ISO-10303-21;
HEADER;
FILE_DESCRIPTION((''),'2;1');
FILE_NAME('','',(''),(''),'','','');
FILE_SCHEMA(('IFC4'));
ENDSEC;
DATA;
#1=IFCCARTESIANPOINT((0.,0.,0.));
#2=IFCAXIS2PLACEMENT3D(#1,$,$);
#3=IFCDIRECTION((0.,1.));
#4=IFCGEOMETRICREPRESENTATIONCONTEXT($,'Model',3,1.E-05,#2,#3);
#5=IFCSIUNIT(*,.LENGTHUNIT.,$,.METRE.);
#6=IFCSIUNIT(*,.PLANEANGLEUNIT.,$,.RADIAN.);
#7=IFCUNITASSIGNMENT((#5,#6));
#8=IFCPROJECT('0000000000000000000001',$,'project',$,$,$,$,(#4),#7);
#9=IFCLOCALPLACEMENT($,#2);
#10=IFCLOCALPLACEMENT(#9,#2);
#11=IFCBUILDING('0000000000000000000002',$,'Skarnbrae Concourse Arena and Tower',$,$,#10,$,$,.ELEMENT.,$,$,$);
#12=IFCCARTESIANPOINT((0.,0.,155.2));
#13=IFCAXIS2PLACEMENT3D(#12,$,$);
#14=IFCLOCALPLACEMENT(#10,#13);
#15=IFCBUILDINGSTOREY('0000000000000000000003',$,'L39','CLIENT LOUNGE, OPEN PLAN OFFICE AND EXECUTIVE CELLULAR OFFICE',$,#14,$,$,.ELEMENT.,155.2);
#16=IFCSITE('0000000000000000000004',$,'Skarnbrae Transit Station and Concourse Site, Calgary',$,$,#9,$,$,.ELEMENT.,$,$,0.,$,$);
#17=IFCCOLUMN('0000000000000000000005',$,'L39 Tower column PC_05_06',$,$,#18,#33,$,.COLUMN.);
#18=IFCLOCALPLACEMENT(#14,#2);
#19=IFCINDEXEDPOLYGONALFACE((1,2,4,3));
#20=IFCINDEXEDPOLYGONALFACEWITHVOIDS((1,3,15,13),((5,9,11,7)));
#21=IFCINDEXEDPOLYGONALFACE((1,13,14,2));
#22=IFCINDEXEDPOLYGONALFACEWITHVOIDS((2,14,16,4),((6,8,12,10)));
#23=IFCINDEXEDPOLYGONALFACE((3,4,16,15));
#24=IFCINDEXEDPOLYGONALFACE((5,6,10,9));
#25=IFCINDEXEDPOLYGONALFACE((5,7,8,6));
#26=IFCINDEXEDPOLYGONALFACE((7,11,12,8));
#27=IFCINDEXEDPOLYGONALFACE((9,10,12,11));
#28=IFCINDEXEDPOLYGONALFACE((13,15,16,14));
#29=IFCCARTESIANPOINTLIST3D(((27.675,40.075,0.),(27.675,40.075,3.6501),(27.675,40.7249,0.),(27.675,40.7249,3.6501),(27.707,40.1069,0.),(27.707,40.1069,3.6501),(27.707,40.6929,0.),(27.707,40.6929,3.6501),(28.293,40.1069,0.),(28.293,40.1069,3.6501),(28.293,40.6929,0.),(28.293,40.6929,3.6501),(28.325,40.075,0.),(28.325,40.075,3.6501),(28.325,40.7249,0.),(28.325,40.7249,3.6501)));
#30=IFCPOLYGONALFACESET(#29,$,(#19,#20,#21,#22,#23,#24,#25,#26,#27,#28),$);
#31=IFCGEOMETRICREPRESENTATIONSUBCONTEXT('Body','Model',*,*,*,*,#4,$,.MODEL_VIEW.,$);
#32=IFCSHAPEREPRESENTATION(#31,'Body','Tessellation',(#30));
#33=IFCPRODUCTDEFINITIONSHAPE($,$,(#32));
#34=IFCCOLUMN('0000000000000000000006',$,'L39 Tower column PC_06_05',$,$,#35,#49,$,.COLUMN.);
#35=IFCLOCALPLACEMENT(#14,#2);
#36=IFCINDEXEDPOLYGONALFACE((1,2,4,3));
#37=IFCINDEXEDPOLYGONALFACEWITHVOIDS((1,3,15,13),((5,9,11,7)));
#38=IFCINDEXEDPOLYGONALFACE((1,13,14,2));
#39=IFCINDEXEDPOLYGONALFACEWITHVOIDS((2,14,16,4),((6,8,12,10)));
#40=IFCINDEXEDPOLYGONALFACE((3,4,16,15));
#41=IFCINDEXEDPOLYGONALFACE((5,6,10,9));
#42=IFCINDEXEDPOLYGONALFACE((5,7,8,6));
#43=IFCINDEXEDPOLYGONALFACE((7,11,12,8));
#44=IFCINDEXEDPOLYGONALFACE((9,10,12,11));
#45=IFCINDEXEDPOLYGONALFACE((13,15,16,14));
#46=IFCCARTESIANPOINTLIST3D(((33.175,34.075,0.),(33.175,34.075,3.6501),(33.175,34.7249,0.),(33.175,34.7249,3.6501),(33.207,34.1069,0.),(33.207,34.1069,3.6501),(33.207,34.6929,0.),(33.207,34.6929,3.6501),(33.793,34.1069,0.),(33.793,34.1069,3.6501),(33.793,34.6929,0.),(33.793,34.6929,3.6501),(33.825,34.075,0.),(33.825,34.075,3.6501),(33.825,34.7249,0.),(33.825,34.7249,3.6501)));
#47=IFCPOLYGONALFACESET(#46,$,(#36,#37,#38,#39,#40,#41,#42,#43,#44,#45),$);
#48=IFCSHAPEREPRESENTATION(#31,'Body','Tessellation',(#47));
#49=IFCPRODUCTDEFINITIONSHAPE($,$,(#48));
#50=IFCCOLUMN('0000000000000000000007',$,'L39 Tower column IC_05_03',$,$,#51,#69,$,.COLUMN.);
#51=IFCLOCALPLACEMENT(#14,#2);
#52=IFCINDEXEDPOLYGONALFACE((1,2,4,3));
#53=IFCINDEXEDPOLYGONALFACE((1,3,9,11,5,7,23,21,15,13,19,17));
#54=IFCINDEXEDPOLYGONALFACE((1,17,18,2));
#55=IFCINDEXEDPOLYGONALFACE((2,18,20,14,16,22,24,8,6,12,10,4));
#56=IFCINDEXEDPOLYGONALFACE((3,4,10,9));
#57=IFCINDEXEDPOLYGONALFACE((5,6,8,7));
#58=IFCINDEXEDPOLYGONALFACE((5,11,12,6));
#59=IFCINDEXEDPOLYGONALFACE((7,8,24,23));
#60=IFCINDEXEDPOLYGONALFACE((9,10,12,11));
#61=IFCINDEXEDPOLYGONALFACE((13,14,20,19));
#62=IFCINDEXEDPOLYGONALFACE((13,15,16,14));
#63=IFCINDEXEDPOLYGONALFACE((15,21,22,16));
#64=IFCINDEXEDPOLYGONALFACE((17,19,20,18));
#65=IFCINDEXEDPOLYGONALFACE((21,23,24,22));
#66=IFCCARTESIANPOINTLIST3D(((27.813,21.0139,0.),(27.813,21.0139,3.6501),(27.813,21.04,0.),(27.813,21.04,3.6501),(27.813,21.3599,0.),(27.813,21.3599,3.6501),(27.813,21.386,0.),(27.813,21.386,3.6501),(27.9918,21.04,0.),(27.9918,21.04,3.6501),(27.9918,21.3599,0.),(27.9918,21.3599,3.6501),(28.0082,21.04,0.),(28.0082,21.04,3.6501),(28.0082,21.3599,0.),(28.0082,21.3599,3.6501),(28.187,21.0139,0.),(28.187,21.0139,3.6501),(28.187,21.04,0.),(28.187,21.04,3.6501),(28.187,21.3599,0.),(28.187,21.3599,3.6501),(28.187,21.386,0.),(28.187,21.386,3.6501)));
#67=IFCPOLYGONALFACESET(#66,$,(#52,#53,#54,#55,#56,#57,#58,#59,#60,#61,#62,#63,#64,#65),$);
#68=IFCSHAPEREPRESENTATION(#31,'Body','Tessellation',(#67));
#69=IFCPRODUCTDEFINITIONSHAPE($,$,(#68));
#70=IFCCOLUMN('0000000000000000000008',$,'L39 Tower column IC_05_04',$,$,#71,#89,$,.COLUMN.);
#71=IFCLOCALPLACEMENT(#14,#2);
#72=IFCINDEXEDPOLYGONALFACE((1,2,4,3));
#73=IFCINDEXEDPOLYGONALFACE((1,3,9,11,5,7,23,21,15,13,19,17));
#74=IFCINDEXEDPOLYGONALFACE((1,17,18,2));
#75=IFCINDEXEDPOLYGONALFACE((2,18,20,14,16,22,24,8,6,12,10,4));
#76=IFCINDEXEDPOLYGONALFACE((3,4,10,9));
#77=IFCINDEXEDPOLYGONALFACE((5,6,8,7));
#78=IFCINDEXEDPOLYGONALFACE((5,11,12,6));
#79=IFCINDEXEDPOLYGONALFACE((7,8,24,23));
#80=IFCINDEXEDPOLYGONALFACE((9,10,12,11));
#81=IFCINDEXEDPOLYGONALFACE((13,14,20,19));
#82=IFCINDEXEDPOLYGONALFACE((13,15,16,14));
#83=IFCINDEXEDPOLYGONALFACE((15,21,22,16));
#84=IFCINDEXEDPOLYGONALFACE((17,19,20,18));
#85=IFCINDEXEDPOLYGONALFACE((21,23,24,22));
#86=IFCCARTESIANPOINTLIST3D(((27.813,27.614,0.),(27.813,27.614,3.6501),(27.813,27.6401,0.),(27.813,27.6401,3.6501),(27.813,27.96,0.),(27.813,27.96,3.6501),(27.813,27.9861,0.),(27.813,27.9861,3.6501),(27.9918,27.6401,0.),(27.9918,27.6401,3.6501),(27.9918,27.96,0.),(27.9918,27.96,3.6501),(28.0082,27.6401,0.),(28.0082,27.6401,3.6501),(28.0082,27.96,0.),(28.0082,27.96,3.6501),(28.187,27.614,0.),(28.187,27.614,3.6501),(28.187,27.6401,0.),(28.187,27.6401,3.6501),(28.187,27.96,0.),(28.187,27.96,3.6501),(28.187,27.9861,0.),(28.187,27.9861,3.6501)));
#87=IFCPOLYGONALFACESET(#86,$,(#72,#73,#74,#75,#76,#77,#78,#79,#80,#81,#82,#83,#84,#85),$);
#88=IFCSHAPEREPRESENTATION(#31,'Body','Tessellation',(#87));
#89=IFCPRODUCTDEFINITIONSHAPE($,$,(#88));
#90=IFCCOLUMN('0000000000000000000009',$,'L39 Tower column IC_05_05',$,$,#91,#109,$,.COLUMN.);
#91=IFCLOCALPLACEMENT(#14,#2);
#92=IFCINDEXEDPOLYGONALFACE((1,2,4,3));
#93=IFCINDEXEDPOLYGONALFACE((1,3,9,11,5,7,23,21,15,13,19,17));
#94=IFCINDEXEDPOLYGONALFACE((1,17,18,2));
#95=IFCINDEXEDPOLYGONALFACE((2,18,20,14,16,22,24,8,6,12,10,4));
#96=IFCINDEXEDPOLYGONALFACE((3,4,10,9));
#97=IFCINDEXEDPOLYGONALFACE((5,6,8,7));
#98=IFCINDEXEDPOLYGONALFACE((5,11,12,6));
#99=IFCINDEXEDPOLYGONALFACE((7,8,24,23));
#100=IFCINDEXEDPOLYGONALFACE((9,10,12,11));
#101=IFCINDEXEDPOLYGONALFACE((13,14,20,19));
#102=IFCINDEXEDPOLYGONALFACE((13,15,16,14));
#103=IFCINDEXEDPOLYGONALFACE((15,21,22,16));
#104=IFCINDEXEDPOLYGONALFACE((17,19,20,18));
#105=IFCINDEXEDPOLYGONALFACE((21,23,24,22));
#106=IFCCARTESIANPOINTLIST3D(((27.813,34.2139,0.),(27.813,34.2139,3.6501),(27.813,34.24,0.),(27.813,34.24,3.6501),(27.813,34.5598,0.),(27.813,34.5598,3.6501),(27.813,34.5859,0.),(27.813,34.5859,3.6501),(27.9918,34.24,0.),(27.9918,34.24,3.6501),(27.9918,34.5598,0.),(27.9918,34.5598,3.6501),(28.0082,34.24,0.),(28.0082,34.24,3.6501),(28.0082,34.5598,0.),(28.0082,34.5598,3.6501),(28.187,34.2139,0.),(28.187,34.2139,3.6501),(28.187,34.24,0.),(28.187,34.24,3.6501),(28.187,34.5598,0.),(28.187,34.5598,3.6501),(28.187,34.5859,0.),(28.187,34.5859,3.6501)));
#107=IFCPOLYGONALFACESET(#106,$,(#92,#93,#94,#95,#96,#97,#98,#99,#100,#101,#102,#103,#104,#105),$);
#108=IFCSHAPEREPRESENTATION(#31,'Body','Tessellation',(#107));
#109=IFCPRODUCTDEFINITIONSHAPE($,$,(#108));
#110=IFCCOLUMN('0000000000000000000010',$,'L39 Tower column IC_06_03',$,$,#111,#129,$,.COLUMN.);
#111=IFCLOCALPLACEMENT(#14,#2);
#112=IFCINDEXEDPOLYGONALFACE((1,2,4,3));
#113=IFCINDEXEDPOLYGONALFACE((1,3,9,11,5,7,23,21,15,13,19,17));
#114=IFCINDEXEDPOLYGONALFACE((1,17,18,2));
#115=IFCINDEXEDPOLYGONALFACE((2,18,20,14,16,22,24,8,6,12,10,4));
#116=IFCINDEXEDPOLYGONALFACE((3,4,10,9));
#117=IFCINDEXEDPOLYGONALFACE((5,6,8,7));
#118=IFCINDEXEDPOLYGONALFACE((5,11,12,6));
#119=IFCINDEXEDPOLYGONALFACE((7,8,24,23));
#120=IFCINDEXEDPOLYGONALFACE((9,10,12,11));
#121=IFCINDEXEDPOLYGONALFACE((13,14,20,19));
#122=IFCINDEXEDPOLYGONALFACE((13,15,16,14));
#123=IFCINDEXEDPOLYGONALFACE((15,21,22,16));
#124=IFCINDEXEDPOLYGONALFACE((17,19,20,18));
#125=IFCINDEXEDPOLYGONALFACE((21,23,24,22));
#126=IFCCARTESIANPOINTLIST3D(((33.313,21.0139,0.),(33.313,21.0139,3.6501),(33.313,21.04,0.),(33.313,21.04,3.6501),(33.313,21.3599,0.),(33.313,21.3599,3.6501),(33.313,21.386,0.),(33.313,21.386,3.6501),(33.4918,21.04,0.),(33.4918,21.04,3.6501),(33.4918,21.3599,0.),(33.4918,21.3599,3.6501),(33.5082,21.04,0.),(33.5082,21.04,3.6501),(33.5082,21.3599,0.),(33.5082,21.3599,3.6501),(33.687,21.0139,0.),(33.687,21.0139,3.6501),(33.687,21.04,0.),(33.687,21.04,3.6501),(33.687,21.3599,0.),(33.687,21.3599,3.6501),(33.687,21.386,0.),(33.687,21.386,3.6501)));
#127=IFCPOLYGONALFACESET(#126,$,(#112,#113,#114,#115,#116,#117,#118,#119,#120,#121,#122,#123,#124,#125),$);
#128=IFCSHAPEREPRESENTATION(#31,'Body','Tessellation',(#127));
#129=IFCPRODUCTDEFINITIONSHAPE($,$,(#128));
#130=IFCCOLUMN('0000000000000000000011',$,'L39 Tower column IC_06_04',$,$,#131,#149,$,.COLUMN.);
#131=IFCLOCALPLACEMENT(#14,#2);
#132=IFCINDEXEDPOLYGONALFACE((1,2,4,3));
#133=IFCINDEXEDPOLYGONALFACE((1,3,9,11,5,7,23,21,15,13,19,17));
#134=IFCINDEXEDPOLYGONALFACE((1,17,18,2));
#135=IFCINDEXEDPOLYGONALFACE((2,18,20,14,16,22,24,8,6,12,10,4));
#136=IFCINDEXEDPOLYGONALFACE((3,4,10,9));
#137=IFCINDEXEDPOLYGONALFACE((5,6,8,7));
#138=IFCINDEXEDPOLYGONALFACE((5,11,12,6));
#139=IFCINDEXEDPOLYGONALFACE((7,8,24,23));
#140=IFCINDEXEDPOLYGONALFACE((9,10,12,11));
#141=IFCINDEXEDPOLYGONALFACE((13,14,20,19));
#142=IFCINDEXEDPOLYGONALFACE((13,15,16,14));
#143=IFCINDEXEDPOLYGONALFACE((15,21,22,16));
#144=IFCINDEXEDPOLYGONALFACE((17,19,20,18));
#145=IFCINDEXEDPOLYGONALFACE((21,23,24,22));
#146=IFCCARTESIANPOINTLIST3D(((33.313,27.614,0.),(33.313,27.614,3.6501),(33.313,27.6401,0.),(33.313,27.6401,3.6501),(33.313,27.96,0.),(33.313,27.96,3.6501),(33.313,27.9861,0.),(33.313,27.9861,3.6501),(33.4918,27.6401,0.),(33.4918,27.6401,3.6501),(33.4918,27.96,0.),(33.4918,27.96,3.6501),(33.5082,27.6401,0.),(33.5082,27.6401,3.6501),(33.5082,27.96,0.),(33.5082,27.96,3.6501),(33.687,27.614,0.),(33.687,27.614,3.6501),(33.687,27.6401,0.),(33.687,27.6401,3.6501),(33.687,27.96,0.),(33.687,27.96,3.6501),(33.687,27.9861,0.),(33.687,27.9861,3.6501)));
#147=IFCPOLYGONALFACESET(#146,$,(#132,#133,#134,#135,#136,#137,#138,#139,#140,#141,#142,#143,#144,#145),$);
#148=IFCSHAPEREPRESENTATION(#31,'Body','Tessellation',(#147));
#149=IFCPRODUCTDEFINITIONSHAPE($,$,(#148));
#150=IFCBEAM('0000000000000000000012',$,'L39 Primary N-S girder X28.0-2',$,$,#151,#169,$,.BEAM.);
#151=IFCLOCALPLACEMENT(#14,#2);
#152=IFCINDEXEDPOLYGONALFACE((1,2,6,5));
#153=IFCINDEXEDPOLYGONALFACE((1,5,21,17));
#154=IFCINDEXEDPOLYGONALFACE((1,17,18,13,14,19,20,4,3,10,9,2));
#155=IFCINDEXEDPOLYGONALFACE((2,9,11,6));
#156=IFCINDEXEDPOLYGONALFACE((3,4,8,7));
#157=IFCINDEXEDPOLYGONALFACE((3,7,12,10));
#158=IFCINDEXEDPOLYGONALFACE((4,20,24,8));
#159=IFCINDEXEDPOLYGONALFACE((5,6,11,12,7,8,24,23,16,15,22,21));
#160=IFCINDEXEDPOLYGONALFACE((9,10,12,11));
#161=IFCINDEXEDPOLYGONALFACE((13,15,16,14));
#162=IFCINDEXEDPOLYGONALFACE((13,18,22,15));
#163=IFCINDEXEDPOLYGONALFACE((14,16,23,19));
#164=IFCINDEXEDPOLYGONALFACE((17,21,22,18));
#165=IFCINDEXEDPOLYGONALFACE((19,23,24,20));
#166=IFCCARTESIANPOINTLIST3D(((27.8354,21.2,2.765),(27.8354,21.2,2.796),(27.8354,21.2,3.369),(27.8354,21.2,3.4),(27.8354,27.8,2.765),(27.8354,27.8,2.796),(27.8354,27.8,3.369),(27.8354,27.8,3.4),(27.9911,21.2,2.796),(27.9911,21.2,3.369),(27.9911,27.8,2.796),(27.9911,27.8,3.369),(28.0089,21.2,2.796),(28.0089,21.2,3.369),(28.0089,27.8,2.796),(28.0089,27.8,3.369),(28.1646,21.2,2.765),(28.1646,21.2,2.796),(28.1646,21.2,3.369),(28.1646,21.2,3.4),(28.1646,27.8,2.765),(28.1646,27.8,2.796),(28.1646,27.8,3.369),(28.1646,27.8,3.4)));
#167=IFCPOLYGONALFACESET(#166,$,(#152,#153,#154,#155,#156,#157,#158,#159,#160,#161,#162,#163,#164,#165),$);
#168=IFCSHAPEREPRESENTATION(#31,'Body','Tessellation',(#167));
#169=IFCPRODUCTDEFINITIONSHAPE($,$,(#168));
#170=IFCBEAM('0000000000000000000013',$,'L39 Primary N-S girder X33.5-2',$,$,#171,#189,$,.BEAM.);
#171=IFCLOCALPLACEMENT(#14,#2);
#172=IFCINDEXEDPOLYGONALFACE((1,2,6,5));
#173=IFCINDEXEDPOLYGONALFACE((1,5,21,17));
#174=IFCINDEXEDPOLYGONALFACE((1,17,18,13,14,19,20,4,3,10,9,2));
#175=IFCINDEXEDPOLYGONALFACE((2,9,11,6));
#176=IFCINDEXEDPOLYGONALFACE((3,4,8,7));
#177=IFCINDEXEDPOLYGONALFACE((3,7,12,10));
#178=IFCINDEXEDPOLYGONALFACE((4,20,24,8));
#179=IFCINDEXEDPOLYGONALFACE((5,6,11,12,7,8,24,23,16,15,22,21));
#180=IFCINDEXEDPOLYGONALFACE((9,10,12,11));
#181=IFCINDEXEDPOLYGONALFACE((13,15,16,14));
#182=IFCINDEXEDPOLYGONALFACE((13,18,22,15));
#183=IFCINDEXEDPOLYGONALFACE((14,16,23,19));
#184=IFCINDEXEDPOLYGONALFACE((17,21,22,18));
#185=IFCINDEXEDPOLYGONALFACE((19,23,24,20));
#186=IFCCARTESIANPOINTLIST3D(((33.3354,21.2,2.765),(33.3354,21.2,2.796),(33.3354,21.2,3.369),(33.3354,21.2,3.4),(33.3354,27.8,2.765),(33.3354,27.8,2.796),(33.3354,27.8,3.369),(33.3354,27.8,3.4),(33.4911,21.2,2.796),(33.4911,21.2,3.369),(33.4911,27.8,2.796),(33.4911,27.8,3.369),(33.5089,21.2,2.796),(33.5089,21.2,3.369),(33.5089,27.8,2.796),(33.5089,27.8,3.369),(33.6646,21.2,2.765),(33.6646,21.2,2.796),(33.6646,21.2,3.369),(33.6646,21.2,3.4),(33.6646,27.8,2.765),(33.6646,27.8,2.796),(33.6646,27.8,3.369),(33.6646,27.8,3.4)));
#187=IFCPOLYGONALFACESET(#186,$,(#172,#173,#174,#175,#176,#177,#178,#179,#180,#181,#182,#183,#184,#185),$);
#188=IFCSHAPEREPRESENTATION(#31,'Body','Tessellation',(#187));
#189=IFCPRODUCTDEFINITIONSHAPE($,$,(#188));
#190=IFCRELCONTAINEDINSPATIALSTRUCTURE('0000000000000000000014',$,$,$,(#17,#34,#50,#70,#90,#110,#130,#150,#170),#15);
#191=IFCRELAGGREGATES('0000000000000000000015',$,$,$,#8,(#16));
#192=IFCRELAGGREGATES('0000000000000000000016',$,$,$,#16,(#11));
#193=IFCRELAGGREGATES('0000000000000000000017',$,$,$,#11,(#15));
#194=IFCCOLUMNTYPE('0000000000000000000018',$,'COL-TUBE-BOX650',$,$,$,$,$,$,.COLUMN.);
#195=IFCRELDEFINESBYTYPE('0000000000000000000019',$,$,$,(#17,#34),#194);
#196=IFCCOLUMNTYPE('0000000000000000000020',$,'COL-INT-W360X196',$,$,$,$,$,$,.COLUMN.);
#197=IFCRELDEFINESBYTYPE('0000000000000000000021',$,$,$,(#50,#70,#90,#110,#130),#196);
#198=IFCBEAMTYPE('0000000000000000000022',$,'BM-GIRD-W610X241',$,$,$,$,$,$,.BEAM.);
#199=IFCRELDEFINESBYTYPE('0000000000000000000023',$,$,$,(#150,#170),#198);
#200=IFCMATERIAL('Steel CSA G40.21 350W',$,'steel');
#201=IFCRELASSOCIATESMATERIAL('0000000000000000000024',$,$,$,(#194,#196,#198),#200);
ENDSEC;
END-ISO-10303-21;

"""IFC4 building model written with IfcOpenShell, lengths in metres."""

from ifc_helpers import new_model, si_unit, direction, frame, origin, origin_2d, place, context, subcontext, project, spatial, hollow_rectangle, i_section, extrude, source, transform, mapped, material, material_profile, profile_set, type_object, element, save


model = new_model("IFC4")

# Units and contexts
model_context = context("Model", 3, precision=1e-05, world=origin(), true_north=direction((0.0, 1.0)))
body_context = subcontext(model_context, "Body", "Model", "MODEL_VIEW")
ifc_project = project(units=[si_unit("LENGTHUNIT", "METRE"), si_unit("PLANEANGLEUNIT", "RADIAN")], contexts=[model_context])

# Site, building, storey
site_placement = place(None, origin())
site = spatial("IfcSite", under=ifc_project, at=site_placement, Name="Skarnbrae Transit Station and Concourse Site, Calgary", CompositionType="ELEMENT", RefElevation=0.0)
building_placement = place(site_placement, origin())
building = spatial("IfcBuilding", under=site, at=building_placement, Name="Skarnbrae Concourse Arena and Tower", CompositionType="ELEMENT")
storey_placement = place(building_placement, frame((0.0, 0.0, 155.2)))
storey = spatial("IfcBuildingStorey", under=building, at=storey_placement, Name="L39", Description="CLIENT LOUNGE, OPEN PLAN OFFICE AND EXECUTIVE CELLULAR OFFICE", CompositionType="ELEMENT", Elevation=155.2)

# Columns
ifc_material_1 = material(Name="Steel CSA G40.21 350W", Category="steel")
ifc_material_profile_1 = material_profile(ifc_material_1, hollow_rectangle(XDim=0.6499, YDim=0.6499, WallThickness=0.032, at=origin_2d()), Name="BOX650X650X32")
ifc_profile_set_1 = profile_set([ifc_material_profile_1], Name="Steel CSA G40.21 350W")
column_type_1 = type_object("IfcColumnType", Name="COL-TUBE-BOX650", PredefinedType="COLUMN", material=ifc_profile_set_1)
shared_shape_1 = source(origin(), body_context, "Body", "SweptSolid", [
    extrude(hollow_rectangle(XDim=0.6499, YDim=0.6499, WallThickness=0.032, at=origin_2d()), origin(), (0.0, 0.0, 1.0), 3.6501),
])
for number, where, z_axis, x_axis, name in (
    (1, (28.0, 40.3999, 0.0), (0.0, 0.0, 1.0), (1.0, 0.0, 0.0), "L39 Tower column PC_05_06"),
    (2, (33.5, 34.3999, 0.0), (0.0, 0.0, 1.0), (1.0, 0.0, 0.0), "L39 Tower column PC_06_05"),
):
    element("IfcColumn", number, at=place(storey_placement, frame(where, z_axis=z_axis, x_axis=x_axis)), inside=storey, type_object=column_type_1, Name=name, PredefinedType="COLUMN", context=body_context, shape_type="MappedRepresentation", body=[
        mapped(shared_shape_1, transform((0.0, 0.0, 0.0))),
    ])
ifc_material_profile_2 = material_profile(ifc_material_1, i_section(OverallWidth=0.374, OverallDepth=0.3721, WebThickness=0.0164, FlangeThickness=0.0261, at=origin_2d()), Name="W360X196")
ifc_profile_set_2 = profile_set([ifc_material_profile_2], Name="Steel CSA G40.21 350W")
column_type_2 = type_object("IfcColumnType", Name="COL-INT-W360X196", PredefinedType="COLUMN", material=ifc_profile_set_2)
shared_shape_2 = source(origin(), body_context, "Body", "SweptSolid", [
    extrude(i_section(OverallWidth=0.374, OverallDepth=0.3721, WebThickness=0.0164, FlangeThickness=0.0261, at=origin_2d()), origin(), (0.0, 0.0, 1.0), 3.6501),
])
for number, where, z_axis, x_axis, name in (
    (3, (28.0, 21.2, 0.0), (0.0, 0.0, 1.0), (1.0, 0.0, 0.0), "L39 Tower column IC_05_03"),
    (4, (28.0, 27.8, 0.0), (0.0, 0.0, 1.0), (1.0, 0.0, 0.0), "L39 Tower column IC_05_04"),
    (5, (28.0, 34.3999, 0.0), (0.0, 0.0, 1.0), (1.0, 0.0, 0.0), "L39 Tower column IC_05_05"),
    (6, (33.5, 21.2, 0.0), (0.0, 0.0, 1.0), (1.0, 0.0, 0.0), "L39 Tower column IC_06_03"),
    (7, (33.5, 27.8, 0.0), (0.0, 0.0, 1.0), (1.0, 0.0, 0.0), "L39 Tower column IC_06_04"),
):
    element("IfcColumn", number, at=place(storey_placement, frame(where, z_axis=z_axis, x_axis=x_axis)), inside=storey, type_object=column_type_2, Name=name, PredefinedType="COLUMN", context=body_context, shape_type="MappedRepresentation", body=[
        mapped(shared_shape_2, transform((0.0, 0.0, 0.0))),
    ])

# Beams
ifc_material_profile_3 = material_profile(ifc_material_1, i_section(OverallWidth=0.3291, OverallDepth=0.635, WebThickness=0.0178, FlangeThickness=0.031, at=origin_2d()), Name="W610X241")
ifc_profile_set_3 = profile_set([ifc_material_profile_3], Name="Steel CSA G40.21 350W")
beam_type_1 = type_object("IfcBeamType", Name="BM-GIRD-W610X241", PredefinedType="BEAM", material=ifc_profile_set_3)
shared_shape_3 = source(origin(), body_context, "Body", "SweptSolid", [
    extrude(i_section(OverallWidth=0.3291, OverallDepth=0.635, WebThickness=0.0178, FlangeThickness=0.031, at=origin_2d()), origin(), (0.0, 0.0, 1.0), 6.6001),
])
for number, where, z_axis, x_axis, name in (
    (8, (28.0, 21.2, 3.0825), (0.0, 1.0, 0.0), (-1.0, 0.0, 0.0), "L39 Primary N-S girder X28.0-2"),
    (9, (33.5, 21.2, 3.0825), (0.0, 1.0, 0.0), (-1.0, 0.0, 0.0), "L39 Primary N-S girder X33.5-2"),
):
    element("IfcBeam", number, at=place(storey_placement, frame(where, z_axis=z_axis, x_axis=x_axis)), inside=storey, type_object=beam_type_1, Name=name, PredefinedType="BEAM", context=body_context, shape_type="MappedRepresentation", body=[
        mapped(shared_shape_3, transform((0.0, 0.0, 0.0))),
    ])

save(model, "model.ifc")
